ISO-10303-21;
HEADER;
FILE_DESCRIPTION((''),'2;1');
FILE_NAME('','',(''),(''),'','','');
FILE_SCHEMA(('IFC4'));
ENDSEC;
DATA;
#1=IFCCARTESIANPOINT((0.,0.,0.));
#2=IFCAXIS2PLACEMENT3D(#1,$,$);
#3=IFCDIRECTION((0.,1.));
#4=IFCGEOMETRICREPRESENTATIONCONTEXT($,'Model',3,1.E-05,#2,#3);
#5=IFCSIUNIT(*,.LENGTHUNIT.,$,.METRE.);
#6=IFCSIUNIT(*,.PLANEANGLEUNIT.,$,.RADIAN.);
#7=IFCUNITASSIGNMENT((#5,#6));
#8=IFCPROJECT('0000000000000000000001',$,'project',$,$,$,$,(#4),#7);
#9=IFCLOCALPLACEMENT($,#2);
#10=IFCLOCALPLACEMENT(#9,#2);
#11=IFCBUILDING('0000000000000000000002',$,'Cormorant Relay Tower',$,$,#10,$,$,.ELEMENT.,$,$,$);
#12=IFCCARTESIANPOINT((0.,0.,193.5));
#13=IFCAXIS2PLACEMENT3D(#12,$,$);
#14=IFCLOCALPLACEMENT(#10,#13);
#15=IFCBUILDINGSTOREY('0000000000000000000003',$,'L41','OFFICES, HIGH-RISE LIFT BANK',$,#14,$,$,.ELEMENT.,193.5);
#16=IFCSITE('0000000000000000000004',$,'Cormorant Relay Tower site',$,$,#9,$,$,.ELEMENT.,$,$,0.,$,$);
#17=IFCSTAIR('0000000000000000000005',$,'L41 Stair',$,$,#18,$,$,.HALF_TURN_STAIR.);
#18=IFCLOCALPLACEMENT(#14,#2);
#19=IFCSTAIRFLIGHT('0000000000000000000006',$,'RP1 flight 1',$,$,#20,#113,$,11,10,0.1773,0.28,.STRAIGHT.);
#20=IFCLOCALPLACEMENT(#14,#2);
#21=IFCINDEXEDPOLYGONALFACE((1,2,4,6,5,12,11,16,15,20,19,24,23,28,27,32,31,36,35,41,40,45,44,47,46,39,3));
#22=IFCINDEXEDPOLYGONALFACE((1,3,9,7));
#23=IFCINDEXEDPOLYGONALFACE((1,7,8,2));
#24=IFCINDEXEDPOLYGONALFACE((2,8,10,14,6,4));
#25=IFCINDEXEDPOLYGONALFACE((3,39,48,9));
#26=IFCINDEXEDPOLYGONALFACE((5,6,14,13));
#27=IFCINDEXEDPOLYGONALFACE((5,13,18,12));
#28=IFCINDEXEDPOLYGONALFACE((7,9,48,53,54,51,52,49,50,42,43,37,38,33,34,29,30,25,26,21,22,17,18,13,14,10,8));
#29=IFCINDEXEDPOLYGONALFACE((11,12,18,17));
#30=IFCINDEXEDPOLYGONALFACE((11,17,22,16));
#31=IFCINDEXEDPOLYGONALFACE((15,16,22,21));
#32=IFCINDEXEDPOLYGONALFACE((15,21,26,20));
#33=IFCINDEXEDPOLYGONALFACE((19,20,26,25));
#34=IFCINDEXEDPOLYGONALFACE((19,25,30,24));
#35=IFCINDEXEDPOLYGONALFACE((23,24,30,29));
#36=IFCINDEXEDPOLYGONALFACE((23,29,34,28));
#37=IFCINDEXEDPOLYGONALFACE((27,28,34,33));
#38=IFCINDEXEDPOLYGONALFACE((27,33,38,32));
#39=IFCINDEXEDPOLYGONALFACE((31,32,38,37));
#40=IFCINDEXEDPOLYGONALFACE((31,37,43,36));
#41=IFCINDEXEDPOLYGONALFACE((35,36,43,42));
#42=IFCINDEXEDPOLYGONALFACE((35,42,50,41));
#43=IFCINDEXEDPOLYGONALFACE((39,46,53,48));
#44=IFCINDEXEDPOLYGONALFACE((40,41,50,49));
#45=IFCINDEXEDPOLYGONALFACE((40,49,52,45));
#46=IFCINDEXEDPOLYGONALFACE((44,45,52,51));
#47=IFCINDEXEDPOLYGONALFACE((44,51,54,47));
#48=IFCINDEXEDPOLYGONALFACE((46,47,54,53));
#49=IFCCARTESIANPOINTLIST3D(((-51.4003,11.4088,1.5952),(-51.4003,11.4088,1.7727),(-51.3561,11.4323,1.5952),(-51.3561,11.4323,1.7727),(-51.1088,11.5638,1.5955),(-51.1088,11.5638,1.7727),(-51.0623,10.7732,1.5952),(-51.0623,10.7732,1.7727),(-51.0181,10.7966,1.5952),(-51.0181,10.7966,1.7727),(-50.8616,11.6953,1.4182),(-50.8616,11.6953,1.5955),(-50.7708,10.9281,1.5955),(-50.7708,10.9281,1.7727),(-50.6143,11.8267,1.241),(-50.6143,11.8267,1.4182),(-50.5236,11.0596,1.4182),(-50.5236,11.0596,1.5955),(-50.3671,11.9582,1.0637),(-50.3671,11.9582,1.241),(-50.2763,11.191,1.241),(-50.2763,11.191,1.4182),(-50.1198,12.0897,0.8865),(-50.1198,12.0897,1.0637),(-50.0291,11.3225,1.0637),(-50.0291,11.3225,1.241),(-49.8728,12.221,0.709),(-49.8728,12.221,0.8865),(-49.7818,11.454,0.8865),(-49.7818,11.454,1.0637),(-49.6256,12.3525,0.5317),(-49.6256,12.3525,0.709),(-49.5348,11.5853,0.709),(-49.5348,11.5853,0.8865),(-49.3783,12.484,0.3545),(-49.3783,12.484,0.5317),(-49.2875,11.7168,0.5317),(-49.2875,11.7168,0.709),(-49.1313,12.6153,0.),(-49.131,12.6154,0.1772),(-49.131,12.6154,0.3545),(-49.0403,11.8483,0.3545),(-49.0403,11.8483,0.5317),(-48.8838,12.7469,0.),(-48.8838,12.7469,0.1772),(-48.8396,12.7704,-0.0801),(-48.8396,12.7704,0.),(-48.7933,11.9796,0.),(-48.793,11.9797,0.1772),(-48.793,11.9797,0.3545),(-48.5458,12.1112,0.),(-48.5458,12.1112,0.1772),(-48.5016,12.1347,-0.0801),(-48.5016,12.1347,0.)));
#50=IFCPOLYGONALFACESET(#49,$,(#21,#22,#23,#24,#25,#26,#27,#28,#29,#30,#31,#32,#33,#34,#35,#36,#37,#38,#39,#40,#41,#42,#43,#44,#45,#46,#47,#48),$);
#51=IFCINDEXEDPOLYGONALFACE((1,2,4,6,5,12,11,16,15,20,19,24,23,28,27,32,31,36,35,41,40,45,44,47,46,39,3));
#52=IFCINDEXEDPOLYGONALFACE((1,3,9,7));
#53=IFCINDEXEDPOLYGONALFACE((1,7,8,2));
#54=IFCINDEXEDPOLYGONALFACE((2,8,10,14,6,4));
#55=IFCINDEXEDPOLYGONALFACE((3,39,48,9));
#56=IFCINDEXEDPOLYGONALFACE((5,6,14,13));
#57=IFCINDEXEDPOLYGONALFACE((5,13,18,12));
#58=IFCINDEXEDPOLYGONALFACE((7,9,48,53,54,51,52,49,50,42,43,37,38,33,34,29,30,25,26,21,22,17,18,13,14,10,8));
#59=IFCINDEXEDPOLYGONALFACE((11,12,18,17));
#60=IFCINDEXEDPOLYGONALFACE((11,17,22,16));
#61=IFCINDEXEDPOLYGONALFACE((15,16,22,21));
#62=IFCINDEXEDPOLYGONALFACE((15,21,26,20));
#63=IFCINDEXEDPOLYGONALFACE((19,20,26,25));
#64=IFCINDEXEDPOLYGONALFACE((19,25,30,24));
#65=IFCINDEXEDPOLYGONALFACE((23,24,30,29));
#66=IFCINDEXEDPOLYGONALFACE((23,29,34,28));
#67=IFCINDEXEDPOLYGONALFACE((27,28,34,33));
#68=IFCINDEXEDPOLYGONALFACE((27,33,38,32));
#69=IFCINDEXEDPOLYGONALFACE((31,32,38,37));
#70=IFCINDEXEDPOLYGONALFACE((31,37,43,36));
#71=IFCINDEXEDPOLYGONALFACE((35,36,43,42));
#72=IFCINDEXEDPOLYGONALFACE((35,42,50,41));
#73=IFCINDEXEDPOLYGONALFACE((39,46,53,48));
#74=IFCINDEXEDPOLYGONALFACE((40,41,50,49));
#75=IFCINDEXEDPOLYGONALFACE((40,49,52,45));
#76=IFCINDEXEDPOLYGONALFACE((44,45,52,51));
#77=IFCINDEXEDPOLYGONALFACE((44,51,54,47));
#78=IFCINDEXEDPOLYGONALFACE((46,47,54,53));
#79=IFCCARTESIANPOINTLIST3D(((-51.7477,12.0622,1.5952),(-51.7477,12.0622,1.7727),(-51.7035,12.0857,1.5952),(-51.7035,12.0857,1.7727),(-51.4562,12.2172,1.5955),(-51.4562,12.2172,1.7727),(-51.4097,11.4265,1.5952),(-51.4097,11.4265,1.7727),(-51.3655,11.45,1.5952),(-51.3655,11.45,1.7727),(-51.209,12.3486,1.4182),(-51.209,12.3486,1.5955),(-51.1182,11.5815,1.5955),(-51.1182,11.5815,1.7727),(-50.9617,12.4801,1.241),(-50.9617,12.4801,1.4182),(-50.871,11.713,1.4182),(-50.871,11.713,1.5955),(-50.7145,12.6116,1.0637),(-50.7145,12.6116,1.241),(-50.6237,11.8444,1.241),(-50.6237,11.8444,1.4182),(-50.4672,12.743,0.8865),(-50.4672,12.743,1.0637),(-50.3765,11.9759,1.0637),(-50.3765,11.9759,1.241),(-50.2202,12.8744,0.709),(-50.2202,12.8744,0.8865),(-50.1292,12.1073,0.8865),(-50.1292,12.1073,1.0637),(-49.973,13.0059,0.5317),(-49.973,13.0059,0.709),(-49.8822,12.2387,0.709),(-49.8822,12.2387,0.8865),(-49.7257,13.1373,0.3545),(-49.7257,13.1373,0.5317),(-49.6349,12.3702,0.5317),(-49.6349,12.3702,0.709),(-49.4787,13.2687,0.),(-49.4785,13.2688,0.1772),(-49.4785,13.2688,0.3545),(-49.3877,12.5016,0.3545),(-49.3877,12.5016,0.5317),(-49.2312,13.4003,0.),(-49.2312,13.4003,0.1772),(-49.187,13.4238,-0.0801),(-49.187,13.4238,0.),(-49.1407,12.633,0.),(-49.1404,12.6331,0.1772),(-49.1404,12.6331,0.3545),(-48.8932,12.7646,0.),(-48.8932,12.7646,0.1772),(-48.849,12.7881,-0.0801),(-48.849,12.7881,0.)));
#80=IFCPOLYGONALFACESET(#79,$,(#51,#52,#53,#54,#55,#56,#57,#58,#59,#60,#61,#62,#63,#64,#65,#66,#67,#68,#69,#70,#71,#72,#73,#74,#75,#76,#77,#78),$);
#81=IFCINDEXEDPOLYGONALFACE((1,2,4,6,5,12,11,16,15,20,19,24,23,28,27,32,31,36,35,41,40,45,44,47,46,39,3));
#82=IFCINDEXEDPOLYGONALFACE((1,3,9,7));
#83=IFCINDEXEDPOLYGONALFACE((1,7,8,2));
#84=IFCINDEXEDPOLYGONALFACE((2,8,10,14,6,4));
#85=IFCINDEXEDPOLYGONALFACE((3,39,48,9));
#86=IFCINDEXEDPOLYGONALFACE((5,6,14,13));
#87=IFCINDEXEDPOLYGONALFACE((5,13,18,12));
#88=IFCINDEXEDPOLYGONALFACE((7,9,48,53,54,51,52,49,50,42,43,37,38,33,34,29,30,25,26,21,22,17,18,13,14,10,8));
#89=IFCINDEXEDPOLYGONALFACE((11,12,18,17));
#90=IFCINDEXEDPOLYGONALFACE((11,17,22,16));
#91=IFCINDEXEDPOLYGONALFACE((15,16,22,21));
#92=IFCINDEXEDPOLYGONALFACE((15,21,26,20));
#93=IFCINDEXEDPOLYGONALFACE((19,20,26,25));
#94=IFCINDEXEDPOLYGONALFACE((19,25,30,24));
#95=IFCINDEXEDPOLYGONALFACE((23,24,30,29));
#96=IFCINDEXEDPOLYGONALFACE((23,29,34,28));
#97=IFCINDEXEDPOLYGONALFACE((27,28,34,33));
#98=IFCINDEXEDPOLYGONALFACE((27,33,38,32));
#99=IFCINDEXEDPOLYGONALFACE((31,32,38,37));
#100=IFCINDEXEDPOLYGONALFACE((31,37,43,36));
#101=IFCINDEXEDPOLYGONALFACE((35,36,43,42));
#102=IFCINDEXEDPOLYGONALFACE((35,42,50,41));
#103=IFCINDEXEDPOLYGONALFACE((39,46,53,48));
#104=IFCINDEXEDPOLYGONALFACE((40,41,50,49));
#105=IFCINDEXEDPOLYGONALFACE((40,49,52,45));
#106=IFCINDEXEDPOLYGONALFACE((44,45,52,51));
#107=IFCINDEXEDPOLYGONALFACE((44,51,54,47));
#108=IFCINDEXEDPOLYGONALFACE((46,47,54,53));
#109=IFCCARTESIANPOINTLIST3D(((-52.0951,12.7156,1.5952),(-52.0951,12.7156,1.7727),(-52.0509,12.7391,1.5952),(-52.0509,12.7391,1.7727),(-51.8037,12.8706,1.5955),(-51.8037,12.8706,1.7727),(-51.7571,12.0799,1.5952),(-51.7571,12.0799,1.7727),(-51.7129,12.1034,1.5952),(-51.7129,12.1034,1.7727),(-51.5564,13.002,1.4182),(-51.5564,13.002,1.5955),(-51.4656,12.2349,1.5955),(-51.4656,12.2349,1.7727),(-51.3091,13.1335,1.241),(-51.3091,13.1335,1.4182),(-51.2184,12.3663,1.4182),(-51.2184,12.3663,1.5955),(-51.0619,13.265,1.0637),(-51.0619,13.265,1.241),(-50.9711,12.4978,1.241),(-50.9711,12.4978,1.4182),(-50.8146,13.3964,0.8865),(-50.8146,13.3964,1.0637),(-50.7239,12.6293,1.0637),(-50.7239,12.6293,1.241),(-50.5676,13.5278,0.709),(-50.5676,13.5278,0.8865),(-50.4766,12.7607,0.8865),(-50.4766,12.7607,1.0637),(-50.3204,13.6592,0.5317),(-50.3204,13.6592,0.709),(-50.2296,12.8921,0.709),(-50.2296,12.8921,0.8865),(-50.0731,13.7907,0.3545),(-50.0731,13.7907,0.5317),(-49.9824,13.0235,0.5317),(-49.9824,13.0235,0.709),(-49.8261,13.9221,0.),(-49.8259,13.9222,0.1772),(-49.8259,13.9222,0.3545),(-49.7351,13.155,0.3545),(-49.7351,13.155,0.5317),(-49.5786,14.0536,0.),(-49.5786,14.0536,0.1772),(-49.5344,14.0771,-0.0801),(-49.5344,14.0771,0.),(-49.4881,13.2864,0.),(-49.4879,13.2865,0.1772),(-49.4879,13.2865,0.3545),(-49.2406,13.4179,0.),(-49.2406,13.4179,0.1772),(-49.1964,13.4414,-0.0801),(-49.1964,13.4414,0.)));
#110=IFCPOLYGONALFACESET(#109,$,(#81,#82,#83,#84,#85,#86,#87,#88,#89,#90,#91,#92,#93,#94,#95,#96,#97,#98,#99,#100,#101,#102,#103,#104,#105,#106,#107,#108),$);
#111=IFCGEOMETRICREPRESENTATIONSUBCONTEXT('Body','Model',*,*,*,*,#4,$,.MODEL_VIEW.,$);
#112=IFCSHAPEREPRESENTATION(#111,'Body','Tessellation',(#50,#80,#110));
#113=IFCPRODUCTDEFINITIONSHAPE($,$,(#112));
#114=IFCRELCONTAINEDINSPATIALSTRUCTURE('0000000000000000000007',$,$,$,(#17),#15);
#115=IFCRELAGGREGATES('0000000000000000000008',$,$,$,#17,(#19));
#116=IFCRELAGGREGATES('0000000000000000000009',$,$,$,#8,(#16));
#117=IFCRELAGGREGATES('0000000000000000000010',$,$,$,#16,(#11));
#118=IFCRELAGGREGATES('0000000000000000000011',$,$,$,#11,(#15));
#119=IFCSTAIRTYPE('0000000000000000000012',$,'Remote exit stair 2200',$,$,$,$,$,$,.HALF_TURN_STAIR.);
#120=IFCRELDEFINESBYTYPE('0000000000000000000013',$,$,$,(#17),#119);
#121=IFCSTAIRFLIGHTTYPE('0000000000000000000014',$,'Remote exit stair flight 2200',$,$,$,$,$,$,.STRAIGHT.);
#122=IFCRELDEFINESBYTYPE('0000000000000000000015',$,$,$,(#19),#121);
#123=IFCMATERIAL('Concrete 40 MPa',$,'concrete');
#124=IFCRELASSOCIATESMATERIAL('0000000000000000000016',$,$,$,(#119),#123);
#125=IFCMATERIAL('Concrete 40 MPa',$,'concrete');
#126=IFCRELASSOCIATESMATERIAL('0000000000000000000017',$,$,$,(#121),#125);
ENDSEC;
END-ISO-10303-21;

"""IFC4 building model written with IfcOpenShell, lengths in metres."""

from ifc_helpers import new_model, si_unit, direction, frame, origin, place, context, subcontext, project, spatial, polyline, outline, extrude, material, type_object, element, aggregate, save


model = new_model("IFC4")

# Units and contexts
model_context = context("Model", 3, precision=1e-05, world=origin(), true_north=direction((0.0, 1.0)))
body_context = subcontext(model_context, "Body", "Model", "MODEL_VIEW")
ifc_project = project(units=[si_unit("LENGTHUNIT", "METRE"), si_unit("PLANEANGLEUNIT", "RADIAN")], contexts=[model_context])

# Site, building, storey
site_placement = place(None, origin())
site = spatial("IfcSite", under=ifc_project, at=site_placement, Name="Cormorant Relay Tower site", CompositionType="ELEMENT", RefElevation=0.0)
building_placement = place(site_placement, origin())
building = spatial("IfcBuilding", under=site, at=building_placement, Name="Cormorant Relay Tower", CompositionType="ELEMENT")
storey_placement = place(building_placement, frame((0.0, 0.0, 193.5)))
storey = spatial("IfcBuildingStorey", under=building, at=storey_placement, Name="L41", Description="OFFICES, HIGH-RISE LIFT BANK", CompositionType="ELEMENT", Elevation=193.5)

# Stair, stair flight
ifc_material_1 = material(Name="Concrete 40 MPa", Category="concrete")
stair_type = type_object("IfcStairType", Name="Remote exit stair 2200", PredefinedType="HALF_TURN_STAIR", material=ifc_material_1)
stair_placement = place(storey_placement, origin())
stair = element("IfcStair", 1, at=stair_placement, inside=storey, type_object=stair_type, Name="L41 Stair", PredefinedType="HALF_TURN_STAIR")
ifc_material_2 = material(Name="Concrete 40 MPa", Category="concrete")
stair_flight_type = type_object("IfcStairFlightType", Name="Remote exit stair flight 2200", PredefinedType="STRAIGHT", material=ifc_material_2)
stair_flight_1_placement = place(storey_placement, frame((-49.0623, 13.0825, 0.0), z_axis=(0.0, 0.0, 1.0), x_axis=(-0.882948, -0.469472, 0.0)))
stair_flight_1 = element("IfcStairFlight", 2, at=stair_flight_1_placement, type_object=stair_flight_type, Name="RP1 flight 1", NumberOfRisers=11, NumberOfTreads=10, PredefinedType="STRAIGHT", RiserHeight=0.1773, TreadLength=0.28, context=body_context, shape_type="SweptSolid", body=[
    extrude(outline(polyline([(-0.05, -0.0801), (-0.05, 0.0), (0.0, 0.0), (0.0, 0.1772), (0.28, 0.1772), (0.28, 0.3545), (0.5601, 0.3545), (0.5601, 0.5317), (0.8401, 0.5317), (0.8401, 0.709), (1.1201, 0.709), (1.1201, 0.8865), (1.3999, 0.8865), (1.3999, 1.0637), (1.6799, 1.0637), (1.6799, 1.241), (1.96, 1.241), (1.96, 1.4182), (2.24, 1.4182), (2.24, 1.5955), (2.52, 1.5955), (2.52, 1.7727), (2.8, 1.7727), (2.8501, 1.7727), (2.8501, 1.5952), (2.8, 1.5952), (0.2803, 0.0), (-0.05, -0.0801)])), frame((0.0, 1.1001, 0.0), z_axis=(0.0, -1.0, 0.0), x_axis=(1.0, 0.0, 0.0)), (0.0, 0.0, 1.0), 0.72),
    extrude(outline(polyline([(-0.05, -0.0801), (-0.05, 0.0), (0.0, 0.0), (0.0, 0.1772), (0.28, 0.1772), (0.28, 0.3545), (0.5601, 0.3545), (0.5601, 0.5317), (0.8401, 0.5317), (0.8401, 0.709), (1.1201, 0.709), (1.1201, 0.8865), (1.3999, 0.8865), (1.3999, 1.0637), (1.6799, 1.0637), (1.6799, 1.241), (1.96, 1.241), (1.96, 1.4182), (2.24, 1.4182), (2.24, 1.5955), (2.52, 1.5955), (2.52, 1.7727), (2.8, 1.7727), (2.8501, 1.7727), (2.8501, 1.5952), (2.8, 1.5952), (0.2803, 0.0), (-0.05, -0.0801)])), frame((0.0, 0.3601, 0.0), z_axis=(0.0, -1.0, 0.0), x_axis=(1.0, 0.0, 0.0)), (0.0, 0.0, 1.0), 0.72),
    extrude(outline(polyline([(-0.05, -0.0801), (-0.05, 0.0), (0.0, 0.0), (0.0, 0.1772), (0.28, 0.1772), (0.28, 0.3545), (0.5601, 0.3545), (0.5601, 0.5317), (0.8401, 0.5317), (0.8401, 0.709), (1.1201, 0.709), (1.1201, 0.8865), (1.3999, 0.8865), (1.3999, 1.0637), (1.6799, 1.0637), (1.6799, 1.241), (1.96, 1.241), (1.96, 1.4182), (2.24, 1.4182), (2.24, 1.5955), (2.52, 1.5955), (2.52, 1.7727), (2.8, 1.7727), (2.8501, 1.7727), (2.8501, 1.5952), (2.8, 1.5952), (0.2803, 0.0), (-0.05, -0.0801)])), frame((0.0, -0.3799, 0.0), z_axis=(0.0, -1.0, 0.0), x_axis=(1.0, 0.0, 0.0)), (0.0, 0.0, 1.0), 0.72),
])
aggregate(stair, [stair_flight_1])

save(model, "model.ifc")
